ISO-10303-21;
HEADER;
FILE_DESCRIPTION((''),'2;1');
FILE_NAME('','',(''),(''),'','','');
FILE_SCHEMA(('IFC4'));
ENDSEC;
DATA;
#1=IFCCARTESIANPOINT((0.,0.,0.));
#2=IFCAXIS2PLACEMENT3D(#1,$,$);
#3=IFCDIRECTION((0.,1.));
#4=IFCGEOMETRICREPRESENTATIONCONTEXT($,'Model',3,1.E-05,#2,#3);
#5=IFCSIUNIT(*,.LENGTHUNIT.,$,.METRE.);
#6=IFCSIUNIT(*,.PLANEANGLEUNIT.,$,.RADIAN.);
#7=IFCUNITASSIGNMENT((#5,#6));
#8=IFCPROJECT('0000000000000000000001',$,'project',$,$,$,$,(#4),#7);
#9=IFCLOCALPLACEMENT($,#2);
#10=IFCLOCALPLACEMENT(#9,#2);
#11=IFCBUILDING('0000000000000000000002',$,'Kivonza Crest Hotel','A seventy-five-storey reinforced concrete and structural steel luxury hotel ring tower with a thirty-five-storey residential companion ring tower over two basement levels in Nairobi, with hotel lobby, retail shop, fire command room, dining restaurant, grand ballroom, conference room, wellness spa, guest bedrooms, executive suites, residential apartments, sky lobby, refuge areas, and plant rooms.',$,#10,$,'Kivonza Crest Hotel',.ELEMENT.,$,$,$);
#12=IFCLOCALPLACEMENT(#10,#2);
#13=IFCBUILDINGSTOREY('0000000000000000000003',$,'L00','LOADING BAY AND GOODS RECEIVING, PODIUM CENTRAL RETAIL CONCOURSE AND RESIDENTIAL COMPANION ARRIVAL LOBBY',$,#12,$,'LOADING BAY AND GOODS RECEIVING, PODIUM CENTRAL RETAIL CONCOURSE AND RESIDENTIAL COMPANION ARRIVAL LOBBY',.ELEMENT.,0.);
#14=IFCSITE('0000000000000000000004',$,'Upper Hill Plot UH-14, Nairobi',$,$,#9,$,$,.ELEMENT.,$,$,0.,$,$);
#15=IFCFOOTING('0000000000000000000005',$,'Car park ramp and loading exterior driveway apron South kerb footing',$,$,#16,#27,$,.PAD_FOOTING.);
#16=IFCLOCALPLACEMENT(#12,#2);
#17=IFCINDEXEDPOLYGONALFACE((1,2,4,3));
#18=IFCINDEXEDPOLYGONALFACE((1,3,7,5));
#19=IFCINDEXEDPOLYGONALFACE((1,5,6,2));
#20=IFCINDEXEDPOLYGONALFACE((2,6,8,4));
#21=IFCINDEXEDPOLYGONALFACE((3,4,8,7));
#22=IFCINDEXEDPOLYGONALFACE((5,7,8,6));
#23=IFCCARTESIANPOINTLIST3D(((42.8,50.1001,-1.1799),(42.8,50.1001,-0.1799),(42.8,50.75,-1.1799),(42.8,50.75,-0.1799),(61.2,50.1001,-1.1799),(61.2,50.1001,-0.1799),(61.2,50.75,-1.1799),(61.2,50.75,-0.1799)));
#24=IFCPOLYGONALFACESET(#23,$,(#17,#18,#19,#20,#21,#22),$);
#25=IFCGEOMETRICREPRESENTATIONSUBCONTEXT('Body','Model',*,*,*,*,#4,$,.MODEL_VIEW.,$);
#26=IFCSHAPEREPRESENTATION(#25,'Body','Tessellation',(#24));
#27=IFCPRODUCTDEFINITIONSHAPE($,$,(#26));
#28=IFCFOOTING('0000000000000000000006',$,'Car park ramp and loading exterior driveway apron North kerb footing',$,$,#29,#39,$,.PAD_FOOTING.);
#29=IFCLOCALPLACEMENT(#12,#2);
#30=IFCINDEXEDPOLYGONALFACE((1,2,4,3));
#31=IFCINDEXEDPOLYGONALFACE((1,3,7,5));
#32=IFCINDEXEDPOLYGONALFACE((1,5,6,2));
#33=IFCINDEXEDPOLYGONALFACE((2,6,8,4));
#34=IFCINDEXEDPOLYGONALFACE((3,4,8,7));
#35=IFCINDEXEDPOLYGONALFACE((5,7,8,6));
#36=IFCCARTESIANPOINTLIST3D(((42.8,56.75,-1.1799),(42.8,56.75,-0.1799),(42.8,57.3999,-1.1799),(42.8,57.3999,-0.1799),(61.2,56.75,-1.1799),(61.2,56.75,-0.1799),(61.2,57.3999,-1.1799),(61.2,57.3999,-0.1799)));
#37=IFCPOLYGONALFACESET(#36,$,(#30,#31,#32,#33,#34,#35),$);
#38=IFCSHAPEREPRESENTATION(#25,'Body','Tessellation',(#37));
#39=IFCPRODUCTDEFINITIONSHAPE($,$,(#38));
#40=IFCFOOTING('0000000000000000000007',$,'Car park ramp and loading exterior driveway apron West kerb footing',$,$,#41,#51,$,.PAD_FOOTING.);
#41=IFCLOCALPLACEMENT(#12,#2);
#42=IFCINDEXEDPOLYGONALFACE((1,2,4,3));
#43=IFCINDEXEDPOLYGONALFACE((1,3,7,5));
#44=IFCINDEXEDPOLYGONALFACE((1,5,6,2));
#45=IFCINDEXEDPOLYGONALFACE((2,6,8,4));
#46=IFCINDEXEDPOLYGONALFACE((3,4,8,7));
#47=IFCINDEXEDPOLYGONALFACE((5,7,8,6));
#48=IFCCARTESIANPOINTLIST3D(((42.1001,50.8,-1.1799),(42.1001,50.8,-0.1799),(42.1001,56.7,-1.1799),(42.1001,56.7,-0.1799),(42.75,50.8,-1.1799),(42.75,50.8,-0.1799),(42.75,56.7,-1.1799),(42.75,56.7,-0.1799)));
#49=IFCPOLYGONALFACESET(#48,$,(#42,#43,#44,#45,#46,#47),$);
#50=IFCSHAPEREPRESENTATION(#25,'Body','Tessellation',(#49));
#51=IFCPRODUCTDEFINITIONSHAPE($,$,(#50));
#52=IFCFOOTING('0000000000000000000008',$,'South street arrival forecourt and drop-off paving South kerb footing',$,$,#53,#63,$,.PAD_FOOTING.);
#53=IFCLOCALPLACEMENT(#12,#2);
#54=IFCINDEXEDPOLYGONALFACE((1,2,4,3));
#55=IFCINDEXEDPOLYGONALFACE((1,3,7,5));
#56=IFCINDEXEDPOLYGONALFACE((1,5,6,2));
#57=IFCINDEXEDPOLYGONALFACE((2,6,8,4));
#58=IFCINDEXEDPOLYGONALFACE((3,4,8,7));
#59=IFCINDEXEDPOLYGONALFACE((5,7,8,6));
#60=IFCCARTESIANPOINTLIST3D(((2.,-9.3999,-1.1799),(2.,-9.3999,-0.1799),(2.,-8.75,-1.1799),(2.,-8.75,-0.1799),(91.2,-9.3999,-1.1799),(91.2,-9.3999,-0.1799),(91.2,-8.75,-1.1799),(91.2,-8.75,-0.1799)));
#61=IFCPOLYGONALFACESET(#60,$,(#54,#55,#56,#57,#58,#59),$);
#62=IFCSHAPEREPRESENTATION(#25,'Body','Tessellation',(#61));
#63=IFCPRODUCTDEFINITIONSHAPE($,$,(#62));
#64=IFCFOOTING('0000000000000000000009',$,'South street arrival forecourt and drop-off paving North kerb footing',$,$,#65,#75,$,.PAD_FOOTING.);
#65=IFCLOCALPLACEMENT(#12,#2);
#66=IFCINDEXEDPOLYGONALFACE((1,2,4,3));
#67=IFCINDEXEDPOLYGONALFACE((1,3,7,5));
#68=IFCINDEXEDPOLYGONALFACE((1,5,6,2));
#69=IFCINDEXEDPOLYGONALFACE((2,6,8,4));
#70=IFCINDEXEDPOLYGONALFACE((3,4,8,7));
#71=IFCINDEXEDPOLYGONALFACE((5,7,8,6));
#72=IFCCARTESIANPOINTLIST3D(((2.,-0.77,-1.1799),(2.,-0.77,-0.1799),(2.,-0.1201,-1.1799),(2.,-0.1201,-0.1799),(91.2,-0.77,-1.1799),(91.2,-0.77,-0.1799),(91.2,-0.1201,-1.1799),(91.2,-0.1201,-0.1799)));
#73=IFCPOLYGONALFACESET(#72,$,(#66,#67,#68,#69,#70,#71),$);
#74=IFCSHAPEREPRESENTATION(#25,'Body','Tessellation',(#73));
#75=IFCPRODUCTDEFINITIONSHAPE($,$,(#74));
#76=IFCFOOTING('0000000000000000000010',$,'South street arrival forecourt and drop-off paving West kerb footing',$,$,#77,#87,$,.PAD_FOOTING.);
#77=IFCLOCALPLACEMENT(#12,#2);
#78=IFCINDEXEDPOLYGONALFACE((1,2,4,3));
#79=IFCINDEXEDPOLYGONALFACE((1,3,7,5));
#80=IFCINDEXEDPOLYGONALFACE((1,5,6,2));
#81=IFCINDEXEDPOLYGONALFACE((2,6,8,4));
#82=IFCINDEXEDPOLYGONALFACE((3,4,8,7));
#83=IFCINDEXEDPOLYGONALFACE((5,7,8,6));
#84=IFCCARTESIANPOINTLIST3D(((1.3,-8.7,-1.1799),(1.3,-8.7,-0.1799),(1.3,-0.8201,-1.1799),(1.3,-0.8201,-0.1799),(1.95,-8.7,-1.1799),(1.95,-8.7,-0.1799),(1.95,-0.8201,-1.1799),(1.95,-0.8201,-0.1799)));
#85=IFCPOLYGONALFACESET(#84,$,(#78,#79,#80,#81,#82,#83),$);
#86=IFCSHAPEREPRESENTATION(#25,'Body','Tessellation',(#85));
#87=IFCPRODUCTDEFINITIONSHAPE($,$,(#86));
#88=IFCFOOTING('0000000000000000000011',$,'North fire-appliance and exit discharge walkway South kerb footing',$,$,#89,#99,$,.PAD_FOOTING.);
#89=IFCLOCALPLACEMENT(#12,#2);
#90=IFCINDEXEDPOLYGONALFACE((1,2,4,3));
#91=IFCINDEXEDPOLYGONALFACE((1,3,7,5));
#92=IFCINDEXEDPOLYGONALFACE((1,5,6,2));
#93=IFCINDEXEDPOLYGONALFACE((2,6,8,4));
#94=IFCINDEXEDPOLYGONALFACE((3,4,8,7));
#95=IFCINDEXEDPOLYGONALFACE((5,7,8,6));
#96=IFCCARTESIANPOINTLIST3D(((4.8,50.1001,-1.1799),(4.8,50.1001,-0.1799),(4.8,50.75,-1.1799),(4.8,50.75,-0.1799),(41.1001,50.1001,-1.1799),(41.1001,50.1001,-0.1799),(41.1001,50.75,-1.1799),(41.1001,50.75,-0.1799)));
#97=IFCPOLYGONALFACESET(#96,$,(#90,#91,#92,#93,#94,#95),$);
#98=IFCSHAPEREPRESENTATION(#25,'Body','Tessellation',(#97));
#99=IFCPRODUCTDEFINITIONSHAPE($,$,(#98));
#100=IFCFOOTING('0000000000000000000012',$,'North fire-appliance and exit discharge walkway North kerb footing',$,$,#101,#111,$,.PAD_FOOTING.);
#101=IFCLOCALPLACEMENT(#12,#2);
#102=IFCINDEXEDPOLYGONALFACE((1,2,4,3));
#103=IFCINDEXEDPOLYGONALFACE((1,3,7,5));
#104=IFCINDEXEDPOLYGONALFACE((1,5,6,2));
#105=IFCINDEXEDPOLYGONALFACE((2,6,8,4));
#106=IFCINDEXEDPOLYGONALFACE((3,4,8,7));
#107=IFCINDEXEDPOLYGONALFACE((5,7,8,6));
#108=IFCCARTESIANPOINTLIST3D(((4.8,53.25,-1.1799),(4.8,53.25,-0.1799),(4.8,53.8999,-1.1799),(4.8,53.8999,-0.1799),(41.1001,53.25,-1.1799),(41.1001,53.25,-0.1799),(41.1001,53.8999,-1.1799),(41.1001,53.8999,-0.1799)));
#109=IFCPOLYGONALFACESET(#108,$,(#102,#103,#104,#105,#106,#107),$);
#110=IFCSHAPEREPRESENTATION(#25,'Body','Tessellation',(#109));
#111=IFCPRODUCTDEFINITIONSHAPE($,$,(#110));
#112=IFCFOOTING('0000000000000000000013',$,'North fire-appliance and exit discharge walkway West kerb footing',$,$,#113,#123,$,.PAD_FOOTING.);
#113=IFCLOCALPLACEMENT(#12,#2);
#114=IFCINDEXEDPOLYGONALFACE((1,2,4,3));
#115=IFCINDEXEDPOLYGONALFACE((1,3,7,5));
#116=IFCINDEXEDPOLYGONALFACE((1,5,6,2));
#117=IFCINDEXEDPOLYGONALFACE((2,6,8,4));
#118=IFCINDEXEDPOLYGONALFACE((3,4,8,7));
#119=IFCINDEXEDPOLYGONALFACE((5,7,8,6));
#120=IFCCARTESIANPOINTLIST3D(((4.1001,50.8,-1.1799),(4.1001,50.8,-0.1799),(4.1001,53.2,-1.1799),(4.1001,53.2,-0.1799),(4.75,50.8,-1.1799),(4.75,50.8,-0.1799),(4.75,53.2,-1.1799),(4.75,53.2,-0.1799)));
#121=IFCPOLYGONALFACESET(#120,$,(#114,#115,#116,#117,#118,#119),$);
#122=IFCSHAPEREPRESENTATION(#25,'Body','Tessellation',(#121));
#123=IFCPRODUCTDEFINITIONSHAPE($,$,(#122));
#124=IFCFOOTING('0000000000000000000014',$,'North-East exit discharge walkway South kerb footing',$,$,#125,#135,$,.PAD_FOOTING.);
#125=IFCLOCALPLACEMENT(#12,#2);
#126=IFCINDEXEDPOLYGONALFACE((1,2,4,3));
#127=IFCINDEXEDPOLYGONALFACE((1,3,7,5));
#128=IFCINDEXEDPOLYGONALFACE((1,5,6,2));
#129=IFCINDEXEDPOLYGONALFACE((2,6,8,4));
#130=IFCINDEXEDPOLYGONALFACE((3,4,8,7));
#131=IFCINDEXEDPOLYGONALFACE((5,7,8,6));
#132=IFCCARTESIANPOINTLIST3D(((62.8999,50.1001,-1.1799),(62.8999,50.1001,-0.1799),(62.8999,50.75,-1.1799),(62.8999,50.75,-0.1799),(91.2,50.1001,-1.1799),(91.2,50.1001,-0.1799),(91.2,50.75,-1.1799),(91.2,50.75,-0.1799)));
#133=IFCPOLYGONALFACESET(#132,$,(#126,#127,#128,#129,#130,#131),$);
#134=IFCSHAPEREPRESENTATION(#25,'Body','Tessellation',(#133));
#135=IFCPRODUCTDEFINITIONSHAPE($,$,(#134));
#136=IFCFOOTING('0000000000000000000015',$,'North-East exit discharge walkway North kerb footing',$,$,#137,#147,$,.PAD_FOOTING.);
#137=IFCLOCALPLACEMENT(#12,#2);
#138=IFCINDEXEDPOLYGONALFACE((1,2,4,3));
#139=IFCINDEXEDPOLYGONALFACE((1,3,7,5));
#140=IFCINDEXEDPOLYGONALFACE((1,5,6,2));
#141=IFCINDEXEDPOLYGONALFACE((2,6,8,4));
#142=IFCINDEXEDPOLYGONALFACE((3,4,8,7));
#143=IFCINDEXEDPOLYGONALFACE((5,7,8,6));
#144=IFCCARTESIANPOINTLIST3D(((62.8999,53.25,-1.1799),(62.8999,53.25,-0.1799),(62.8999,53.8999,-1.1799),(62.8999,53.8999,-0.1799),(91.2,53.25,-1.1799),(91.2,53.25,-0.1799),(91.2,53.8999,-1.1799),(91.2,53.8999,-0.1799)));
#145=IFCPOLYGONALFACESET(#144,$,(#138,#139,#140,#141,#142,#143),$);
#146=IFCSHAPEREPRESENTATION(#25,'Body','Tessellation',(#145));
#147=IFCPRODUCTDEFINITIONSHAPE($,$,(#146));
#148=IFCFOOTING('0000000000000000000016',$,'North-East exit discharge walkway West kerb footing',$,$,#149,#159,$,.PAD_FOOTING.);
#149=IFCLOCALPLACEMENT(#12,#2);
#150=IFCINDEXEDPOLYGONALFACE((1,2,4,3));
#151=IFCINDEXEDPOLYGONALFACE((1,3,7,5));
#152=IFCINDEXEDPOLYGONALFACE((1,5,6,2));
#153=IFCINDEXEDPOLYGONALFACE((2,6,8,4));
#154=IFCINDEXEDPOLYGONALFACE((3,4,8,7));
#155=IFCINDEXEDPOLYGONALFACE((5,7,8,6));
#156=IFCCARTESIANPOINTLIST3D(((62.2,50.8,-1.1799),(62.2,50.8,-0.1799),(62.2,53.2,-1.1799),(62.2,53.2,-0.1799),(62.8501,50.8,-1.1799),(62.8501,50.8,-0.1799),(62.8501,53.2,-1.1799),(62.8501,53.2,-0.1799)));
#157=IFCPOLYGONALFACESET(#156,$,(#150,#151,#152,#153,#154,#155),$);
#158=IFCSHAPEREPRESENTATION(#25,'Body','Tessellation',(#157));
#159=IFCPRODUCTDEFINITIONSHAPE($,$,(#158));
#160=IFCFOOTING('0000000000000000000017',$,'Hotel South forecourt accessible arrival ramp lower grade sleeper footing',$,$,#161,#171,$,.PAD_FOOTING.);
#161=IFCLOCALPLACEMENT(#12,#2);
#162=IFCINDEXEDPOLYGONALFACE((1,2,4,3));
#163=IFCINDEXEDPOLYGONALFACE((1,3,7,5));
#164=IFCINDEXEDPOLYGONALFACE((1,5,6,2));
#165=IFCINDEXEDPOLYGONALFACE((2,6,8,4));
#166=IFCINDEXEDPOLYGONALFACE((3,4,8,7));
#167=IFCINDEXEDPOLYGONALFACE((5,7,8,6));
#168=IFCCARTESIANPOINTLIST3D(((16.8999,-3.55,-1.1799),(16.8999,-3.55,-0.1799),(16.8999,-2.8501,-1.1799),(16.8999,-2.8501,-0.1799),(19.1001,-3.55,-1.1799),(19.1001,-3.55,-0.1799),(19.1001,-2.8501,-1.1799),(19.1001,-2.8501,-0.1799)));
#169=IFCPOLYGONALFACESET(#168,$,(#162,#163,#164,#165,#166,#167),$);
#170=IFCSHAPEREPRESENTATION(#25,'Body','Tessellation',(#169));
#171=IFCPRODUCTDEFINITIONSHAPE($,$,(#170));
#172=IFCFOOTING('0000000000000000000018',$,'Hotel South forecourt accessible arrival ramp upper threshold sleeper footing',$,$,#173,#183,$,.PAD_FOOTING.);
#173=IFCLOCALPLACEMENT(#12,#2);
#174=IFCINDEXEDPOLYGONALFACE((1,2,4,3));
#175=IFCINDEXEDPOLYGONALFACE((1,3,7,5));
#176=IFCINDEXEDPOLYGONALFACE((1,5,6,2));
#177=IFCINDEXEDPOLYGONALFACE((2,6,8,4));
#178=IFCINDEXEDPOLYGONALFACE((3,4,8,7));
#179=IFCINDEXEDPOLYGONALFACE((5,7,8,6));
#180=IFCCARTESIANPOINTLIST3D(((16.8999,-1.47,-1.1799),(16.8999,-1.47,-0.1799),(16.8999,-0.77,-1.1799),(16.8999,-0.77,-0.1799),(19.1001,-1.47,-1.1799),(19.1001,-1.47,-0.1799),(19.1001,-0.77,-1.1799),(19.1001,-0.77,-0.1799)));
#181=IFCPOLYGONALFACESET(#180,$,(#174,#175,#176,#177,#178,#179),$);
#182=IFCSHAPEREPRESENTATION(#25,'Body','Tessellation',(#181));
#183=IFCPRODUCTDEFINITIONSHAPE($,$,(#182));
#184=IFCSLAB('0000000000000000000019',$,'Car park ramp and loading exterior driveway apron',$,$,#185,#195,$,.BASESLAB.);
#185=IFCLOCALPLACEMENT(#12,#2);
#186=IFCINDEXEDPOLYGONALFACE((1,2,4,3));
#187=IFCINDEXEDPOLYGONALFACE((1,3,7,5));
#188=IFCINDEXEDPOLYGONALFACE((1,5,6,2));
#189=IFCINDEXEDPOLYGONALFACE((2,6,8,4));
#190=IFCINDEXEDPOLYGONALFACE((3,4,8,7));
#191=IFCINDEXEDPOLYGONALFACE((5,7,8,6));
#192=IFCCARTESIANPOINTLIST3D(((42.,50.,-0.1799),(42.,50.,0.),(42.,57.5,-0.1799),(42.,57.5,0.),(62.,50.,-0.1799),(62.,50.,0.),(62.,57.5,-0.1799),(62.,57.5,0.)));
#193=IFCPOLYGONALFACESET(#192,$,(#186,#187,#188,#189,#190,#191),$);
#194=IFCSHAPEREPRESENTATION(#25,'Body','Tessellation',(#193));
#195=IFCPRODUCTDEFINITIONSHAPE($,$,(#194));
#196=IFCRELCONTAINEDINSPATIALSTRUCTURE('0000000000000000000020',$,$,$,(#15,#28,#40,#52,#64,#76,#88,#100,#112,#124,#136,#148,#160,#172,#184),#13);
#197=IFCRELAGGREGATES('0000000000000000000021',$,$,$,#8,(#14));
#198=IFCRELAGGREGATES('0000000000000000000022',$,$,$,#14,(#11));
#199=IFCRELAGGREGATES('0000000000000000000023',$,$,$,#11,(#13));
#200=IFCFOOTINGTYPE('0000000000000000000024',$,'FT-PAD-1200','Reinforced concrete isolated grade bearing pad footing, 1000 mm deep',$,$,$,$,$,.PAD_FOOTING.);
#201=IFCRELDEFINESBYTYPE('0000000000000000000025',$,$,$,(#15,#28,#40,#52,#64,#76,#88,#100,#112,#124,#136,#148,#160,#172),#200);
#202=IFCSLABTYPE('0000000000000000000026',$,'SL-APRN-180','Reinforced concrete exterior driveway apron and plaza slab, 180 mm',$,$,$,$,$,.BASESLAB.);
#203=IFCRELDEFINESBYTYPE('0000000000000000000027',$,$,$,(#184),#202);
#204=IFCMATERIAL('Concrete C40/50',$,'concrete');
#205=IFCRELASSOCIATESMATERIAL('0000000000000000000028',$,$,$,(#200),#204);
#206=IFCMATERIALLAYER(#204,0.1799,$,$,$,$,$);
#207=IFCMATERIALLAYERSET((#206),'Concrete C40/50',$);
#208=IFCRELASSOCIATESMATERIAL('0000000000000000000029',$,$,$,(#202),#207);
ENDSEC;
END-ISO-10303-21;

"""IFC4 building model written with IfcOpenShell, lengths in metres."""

from ifc_helpers import new_model, si_unit, direction, frame, origin, place, context, subcontext, project, spatial, polyline, outline, extrude, material, layer, layer_set, type_object, element, save


model = new_model("IFC4")

# Units and contexts
model_context = context("Model", 3, precision=1e-05, world=origin(), true_north=direction((0.0, 1.0)))
body_context = subcontext(model_context, "Body", "Model", "MODEL_VIEW")
ifc_project = project(units=[si_unit("LENGTHUNIT", "METRE"), si_unit("PLANEANGLEUNIT", "RADIAN")], contexts=[model_context])

# Site, building, storey
site_placement = place(None, origin())
site = spatial("IfcSite", under=ifc_project, at=site_placement, Name="Upper Hill Plot UH-14, Nairobi", CompositionType="ELEMENT", RefElevation=0.0)
building_placement = place(site_placement, origin())
building = spatial("IfcBuilding", under=site, at=building_placement, Name="Kivonza Crest Hotel", Description="A seventy-five-storey reinforced concrete and structural steel luxury hotel ring tower with a thirty-five-storey residential companion ring tower over two basement levels in Nairobi, with hotel lobby, retail shop, fire command room, dining restaurant, grand ballroom, conference room, wellness spa, guest bedrooms, executive suites, residential apartments, sky lobby, refuge areas, and plant rooms.", LongName="Kivonza Crest Hotel", CompositionType="ELEMENT")
storey_placement = place(building_placement, origin())
storey = spatial("IfcBuildingStorey", under=building, at=storey_placement, Name="L00", Description="LOADING BAY AND GOODS RECEIVING, PODIUM CENTRAL RETAIL CONCOURSE AND RESIDENTIAL COMPANION ARRIVAL LOBBY", LongName="LOADING BAY AND GOODS RECEIVING, PODIUM CENTRAL RETAIL CONCOURSE AND RESIDENTIAL COMPANION ARRIVAL LOBBY", CompositionType="ELEMENT", Elevation=0.0)

# Footings
ifc_material = material(Name="Concrete C40/50", Category="concrete")
footing_type = type_object("IfcFootingType", Name="FT-PAD-1200", Description="Reinforced concrete isolated grade bearing pad footing, 1000 mm deep", PredefinedType="PAD_FOOTING", material=ifc_material)
footing_1_placement = place(storey_placement, frame((0.0, 0.0, -1.1799)))
element("IfcFooting", 1, at=footing_1_placement, inside=storey, type_object=footing_type, Name="Car park ramp and loading exterior driveway apron South kerb footing", PredefinedType="PAD_FOOTING", context=body_context, shape_type="SweptSolid", body=[
    extrude(outline(polyline([(42.8, 50.1001), (61.2, 50.1001), (61.2, 50.75), (42.8, 50.75), (42.8, 50.1001)])), origin(), (0.0, 0.0, 1.0), 1.0),
])
footing_2_placement = place(storey_placement, frame((0.0, 0.0, -1.1799)))
element("IfcFooting", 2, at=footing_2_placement, inside=storey, type_object=footing_type, Name="Car park ramp and loading exterior driveway apron North kerb footing", PredefinedType="PAD_FOOTING", context=body_context, shape_type="SweptSolid", body=[
    extrude(outline(polyline([(42.8, 56.75), (61.2, 56.75), (61.2, 57.3999), (42.8, 57.3999), (42.8, 56.75)])), origin(), (0.0, 0.0, 1.0), 1.0),
])
footing_3_placement = place(storey_placement, frame((0.0, 0.0, -1.1799)))
element("IfcFooting", 3, at=footing_3_placement, inside=storey, type_object=footing_type, Name="Car park ramp and loading exterior driveway apron West kerb footing", PredefinedType="PAD_FOOTING", context=body_context, shape_type="SweptSolid", body=[
    extrude(outline(polyline([(42.1001, 50.8), (42.75, 50.8), (42.75, 56.7), (42.1001, 56.7), (42.1001, 50.8)])), origin(), (0.0, 0.0, 1.0), 1.0),
])
footing_4_placement = place(storey_placement, frame((0.0, 0.0, -1.1799)))
element("IfcFooting", 4, at=footing_4_placement, inside=storey, type_object=footing_type, Name="South street arrival forecourt and drop-off paving South kerb footing", PredefinedType="PAD_FOOTING", context=body_context, shape_type="SweptSolid", body=[
    extrude(outline(polyline([(2.0, -9.3999), (91.2, -9.3999), (91.2, -8.75), (2.0, -8.75), (2.0, -9.3999)])), origin(), (0.0, 0.0, 1.0), 1.0),
])
footing_5_placement = place(storey_placement, frame((0.0, 0.0, -1.1799)))
element("IfcFooting", 5, at=footing_5_placement, inside=storey, type_object=footing_type, Name="South street arrival forecourt and drop-off paving North kerb footing", PredefinedType="PAD_FOOTING", context=body_context, shape_type="SweptSolid", body=[
    extrude(outline(polyline([(2.0, -0.77), (91.2, -0.77), (91.2, -0.1201), (2.0, -0.1201), (2.0, -0.77)])), origin(), (0.0, 0.0, 1.0), 1.0),
])
footing_6_placement = place(storey_placement, frame((0.0, 0.0, -1.1799)))
element("IfcFooting", 6, at=footing_6_placement, inside=storey, type_object=footing_type, Name="South street arrival forecourt and drop-off paving West kerb footing", PredefinedType="PAD_FOOTING", context=body_context, shape_type="SweptSolid", body=[
    extrude(outline(polyline([(1.3, -8.7), (1.95, -8.7), (1.95, -0.8201), (1.3, -0.8201), (1.3, -8.7)])), origin(), (0.0, 0.0, 1.0), 1.0),
])
footing_7_placement = place(storey_placement, frame((0.0, 0.0, -1.1799)))
element("IfcFooting", 7, at=footing_7_placement, inside=storey, type_object=footing_type, Name="North fire-appliance and exit discharge walkway South kerb footing", PredefinedType="PAD_FOOTING", context=body_context, shape_type="SweptSolid", body=[
    extrude(outline(polyline([(4.8, 50.1001), (41.1001, 50.1001), (41.1001, 50.75), (4.8, 50.75), (4.8, 50.1001)])), origin(), (0.0, 0.0, 1.0), 1.0),
])
footing_8_placement = place(storey_placement, frame((0.0, 0.0, -1.1799)))
element("IfcFooting", 8, at=footing_8_placement, inside=storey, type_object=footing_type, Name="North fire-appliance and exit discharge walkway North kerb footing", PredefinedType="PAD_FOOTING", context=body_context, shape_type="SweptSolid", body=[
    extrude(outline(polyline([(4.8, 53.25), (41.1001, 53.25), (41.1001, 53.8999), (4.8, 53.8999), (4.8, 53.25)])), origin(), (0.0, 0.0, 1.0), 1.0),
])
footing_9_placement = place(storey_placement, frame((0.0, 0.0, -1.1799)))
element("IfcFooting", 9, at=footing_9_placement, inside=storey, type_object=footing_type, Name="North fire-appliance and exit discharge walkway West kerb footing", PredefinedType="PAD_FOOTING", context=body_context, shape_type="SweptSolid", body=[
    extrude(outline(polyline([(4.1001, 50.8), (4.75, 50.8), (4.75, 53.2), (4.1001, 53.2), (4.1001, 50.8)])), origin(), (0.0, 0.0, 1.0), 1.0),
])
footing_10_placement = place(storey_placement, frame((0.0, 0.0, -1.1799)))
element("IfcFooting", 10, at=footing_10_placement, inside=storey, type_object=footing_type, Name="North-East exit discharge walkway South kerb footing", PredefinedType="PAD_FOOTING", context=body_context, shape_type="SweptSolid", body=[
    extrude(outline(polyline([(62.8999, 50.1001), (91.2, 50.1001), (91.2, 50.75), (62.8999, 50.75), (62.8999, 50.1001)])), origin(), (0.0, 0.0, 1.0), 1.0),
])
footing_11_placement = place(storey_placement, frame((0.0, 0.0, -1.1799)))
element("IfcFooting", 11, at=footing_11_placement, inside=storey, type_object=footing_type, Name="North-East exit discharge walkway North kerb footing", PredefinedType="PAD_FOOTING", context=body_context, shape_type="SweptSolid", body=[
    extrude(outline(polyline([(62.8999, 53.25), (91.2, 53.25), (91.2, 53.8999), (62.8999, 53.8999), (62.8999, 53.25)])), origin(), (0.0, 0.0, 1.0), 1.0),
])
footing_12_placement = place(storey_placement, frame((0.0, 0.0, -1.1799)))
element("IfcFooting", 12, at=footing_12_placement, inside=storey, type_object=footing_type, Name="North-East exit discharge walkway West kerb footing", PredefinedType="PAD_FOOTING", context=body_context, shape_type="SweptSolid", body=[
    extrude(outline(polyline([(62.2, 50.8), (62.8501, 50.8), (62.8501, 53.2), (62.2, 53.2), (62.2, 50.8)])), origin(), (0.0, 0.0, 1.0), 1.0),
])
footing_13_placement = place(storey_placement, frame((0.0, 0.0, -1.1799)))
element("IfcFooting", 13, at=footing_13_placement, inside=storey, type_object=footing_type, Name="Hotel South forecourt accessible arrival ramp lower grade sleeper footing", PredefinedType="PAD_FOOTING", context=body_context, shape_type="SweptSolid", body=[
    extrude(outline(polyline([(16.8999, -3.55), (19.1001, -3.55), (19.1001, -2.8501), (16.8999, -2.8501), (16.8999, -3.55)])), origin(), (0.0, 0.0, 1.0), 1.0),
])
footing_14_placement = place(storey_placement, frame((0.0, 0.0, -1.1799)))
element("IfcFooting", 14, at=footing_14_placement, inside=storey, type_object=footing_type, Name="Hotel South forecourt accessible arrival ramp upper threshold sleeper footing", PredefinedType="PAD_FOOTING", context=body_context, shape_type="SweptSolid", body=[
    extrude(outline(polyline([(16.8999, -1.47), (19.1001, -1.47), (19.1001, -0.77), (16.8999, -0.77), (16.8999, -1.47)])), origin(), (0.0, 0.0, 1.0), 1.0),
])

# Slab
ifc_layer = layer(ifc_material, 0.1799)
ifc_layer_set = layer_set([ifc_layer], Name="Concrete C40/50")
slab_type = type_object("IfcSlabType", Name="SL-APRN-180", Description="Reinforced concrete exterior driveway apron and plaza slab, 180 mm", PredefinedType="BASESLAB", material=ifc_layer_set)
slab_1_placement = place(storey_placement, frame((0.0, 0.0, -0.1799)))
element("IfcSlab", 15, at=slab_1_placement, inside=storey, type_object=slab_type, Name="Car park ramp and loading exterior driveway apron", PredefinedType="BASESLAB", context=body_context, shape_type="SweptSolid", body=[
    extrude(outline(polyline([(42.0, 50.0), (62.0, 50.0), (62.0, 57.5), (42.0, 57.5), (42.0, 50.0)])), origin(), (0.0, 0.0, 1.0), 0.1799),
])

save(model, "model.ifc")
